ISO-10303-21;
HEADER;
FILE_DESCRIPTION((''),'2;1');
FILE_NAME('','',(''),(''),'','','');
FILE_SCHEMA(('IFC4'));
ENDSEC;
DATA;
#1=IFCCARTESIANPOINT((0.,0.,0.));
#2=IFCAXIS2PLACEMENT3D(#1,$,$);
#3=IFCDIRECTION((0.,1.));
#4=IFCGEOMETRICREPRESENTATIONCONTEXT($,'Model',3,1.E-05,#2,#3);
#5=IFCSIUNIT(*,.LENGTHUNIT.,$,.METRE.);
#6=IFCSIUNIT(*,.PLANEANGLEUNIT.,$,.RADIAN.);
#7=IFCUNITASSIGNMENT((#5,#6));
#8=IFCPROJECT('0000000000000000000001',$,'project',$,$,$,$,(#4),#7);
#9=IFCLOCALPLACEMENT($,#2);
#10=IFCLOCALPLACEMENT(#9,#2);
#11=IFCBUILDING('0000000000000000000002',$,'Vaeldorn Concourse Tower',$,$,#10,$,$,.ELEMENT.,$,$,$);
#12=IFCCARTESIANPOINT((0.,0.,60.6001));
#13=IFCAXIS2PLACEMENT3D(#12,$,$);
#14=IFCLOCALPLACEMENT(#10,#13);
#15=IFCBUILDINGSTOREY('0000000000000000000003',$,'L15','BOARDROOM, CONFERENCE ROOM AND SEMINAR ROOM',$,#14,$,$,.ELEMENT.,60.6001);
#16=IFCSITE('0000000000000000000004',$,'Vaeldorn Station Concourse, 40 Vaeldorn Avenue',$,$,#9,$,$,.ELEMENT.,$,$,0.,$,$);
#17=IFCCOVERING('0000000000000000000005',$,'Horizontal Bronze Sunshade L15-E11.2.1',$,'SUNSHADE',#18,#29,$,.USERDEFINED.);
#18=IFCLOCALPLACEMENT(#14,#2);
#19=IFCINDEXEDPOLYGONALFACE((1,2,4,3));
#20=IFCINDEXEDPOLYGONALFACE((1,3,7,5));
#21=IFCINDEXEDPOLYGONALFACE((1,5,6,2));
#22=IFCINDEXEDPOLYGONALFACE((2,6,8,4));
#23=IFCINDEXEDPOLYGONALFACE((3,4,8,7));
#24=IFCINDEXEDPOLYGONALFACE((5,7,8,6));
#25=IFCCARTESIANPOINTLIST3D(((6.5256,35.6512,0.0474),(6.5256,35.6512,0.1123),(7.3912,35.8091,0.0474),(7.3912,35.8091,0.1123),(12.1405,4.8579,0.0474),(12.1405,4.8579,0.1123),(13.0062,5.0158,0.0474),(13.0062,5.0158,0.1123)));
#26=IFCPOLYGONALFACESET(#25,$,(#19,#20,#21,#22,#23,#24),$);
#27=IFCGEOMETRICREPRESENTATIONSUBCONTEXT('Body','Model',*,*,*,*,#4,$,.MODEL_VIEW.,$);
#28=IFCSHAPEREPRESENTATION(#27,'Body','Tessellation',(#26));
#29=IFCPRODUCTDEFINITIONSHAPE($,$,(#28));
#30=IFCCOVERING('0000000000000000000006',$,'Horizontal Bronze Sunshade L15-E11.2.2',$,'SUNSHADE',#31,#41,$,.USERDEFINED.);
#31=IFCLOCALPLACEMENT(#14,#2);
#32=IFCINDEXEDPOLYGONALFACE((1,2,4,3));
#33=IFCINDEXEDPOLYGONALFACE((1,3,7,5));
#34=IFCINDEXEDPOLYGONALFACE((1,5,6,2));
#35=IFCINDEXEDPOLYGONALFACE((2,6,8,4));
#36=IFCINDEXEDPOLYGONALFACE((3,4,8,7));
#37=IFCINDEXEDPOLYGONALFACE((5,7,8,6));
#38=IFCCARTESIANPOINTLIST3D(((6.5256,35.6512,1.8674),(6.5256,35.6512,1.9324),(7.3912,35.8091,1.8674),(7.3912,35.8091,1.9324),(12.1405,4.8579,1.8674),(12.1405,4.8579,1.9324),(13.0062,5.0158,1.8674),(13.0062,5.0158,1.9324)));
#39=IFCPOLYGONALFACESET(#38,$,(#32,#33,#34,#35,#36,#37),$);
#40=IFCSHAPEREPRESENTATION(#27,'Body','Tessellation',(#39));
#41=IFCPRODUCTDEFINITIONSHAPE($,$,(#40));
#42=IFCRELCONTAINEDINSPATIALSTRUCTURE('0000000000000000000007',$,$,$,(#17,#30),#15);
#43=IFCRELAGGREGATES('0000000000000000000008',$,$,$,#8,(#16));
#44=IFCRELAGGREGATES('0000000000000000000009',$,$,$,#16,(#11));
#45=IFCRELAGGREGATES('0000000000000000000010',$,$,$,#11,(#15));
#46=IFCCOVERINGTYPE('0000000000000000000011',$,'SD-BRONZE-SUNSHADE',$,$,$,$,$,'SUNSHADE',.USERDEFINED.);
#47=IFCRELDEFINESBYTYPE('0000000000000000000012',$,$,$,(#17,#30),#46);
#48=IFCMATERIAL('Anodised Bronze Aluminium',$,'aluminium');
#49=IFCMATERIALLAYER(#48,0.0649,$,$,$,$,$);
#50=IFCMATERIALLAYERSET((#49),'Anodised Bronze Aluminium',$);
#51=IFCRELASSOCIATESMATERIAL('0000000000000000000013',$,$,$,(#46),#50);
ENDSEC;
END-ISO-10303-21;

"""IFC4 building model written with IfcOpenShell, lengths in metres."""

from ifc_helpers import new_model, si_unit, direction, frame, origin, origin_2d, place, context, subcontext, project, spatial, rectangle, extrude, source, transform, mapped, material, layer, layer_set, type_object, element, save


model = new_model("IFC4")

# Units and contexts
model_context = context("Model", 3, precision=1e-05, world=origin(), true_north=direction((0.0, 1.0)))
body_context = subcontext(model_context, "Body", "Model", "MODEL_VIEW")
ifc_project = project(units=[si_unit("LENGTHUNIT", "METRE"), si_unit("PLANEANGLEUNIT", "RADIAN")], contexts=[model_context])

# Site, building, storey
site_placement = place(None, origin())
site = spatial("IfcSite", under=ifc_project, at=site_placement, Name="Vaeldorn Station Concourse, 40 Vaeldorn Avenue", CompositionType="ELEMENT", RefElevation=0.0)
building_placement = place(site_placement, origin())
building = spatial("IfcBuilding", under=site, at=building_placement, Name="Vaeldorn Concourse Tower", CompositionType="ELEMENT")
storey_placement = place(building_placement, frame((0.0, 0.0, 60.6001)))
storey = spatial("IfcBuildingStorey", under=building, at=storey_placement, Name="L15", Description="BOARDROOM, CONFERENCE ROOM AND SEMINAR ROOM", CompositionType="ELEMENT", Elevation=60.6001)

# Shared definitions
ifc_material_1 = material(Name="Anodised Bronze Aluminium", Category="aluminium")

# Coverings
ifc_layer_1 = layer(ifc_material_1, 0.0649)
ifc_layer_set_1 = layer_set([ifc_layer_1], Name="Anodised Bronze Aluminium")
covering_type = type_object("IfcCoveringType", Name="SD-BRONZE-SUNSHADE", ElementType="SUNSHADE", PredefinedType="USERDEFINED", material=ifc_layer_set_1)
shared_shape_1 = source(origin(), body_context, "Body", "SweptSolid", [
    extrude(rectangle(XDim=31.301, YDim=0.8799, at=origin_2d()), origin(), (0.0, 0.0, 1.0), 0.0649),
])
for number, where, z_axis, x_axis, name in (
    (1, (9.7659, 20.3335, 0.0474), (0.0, 0.0, 1.0), (0.179386, -0.983779, 0.0), "Horizontal Bronze Sunshade L15-E11.2.1"),
    (2, (9.7659, 20.3335, 1.8674), (0.0, 0.0, 1.0), (0.179386, -0.983779, 0.0), "Horizontal Bronze Sunshade L15-E11.2.2"),
):
    element("IfcCovering", number, at=place(storey_placement, frame(where, z_axis=z_axis, x_axis=x_axis)), inside=storey, type_object=covering_type, Name=name, ObjectType="SUNSHADE", PredefinedType="USERDEFINED", context=body_context, shape_type="MappedRepresentation", body=[
        mapped(shared_shape_1, transform((0.0, 0.0, 0.0), scale=1.0)),
    ])

save(model, "model.ifc")
